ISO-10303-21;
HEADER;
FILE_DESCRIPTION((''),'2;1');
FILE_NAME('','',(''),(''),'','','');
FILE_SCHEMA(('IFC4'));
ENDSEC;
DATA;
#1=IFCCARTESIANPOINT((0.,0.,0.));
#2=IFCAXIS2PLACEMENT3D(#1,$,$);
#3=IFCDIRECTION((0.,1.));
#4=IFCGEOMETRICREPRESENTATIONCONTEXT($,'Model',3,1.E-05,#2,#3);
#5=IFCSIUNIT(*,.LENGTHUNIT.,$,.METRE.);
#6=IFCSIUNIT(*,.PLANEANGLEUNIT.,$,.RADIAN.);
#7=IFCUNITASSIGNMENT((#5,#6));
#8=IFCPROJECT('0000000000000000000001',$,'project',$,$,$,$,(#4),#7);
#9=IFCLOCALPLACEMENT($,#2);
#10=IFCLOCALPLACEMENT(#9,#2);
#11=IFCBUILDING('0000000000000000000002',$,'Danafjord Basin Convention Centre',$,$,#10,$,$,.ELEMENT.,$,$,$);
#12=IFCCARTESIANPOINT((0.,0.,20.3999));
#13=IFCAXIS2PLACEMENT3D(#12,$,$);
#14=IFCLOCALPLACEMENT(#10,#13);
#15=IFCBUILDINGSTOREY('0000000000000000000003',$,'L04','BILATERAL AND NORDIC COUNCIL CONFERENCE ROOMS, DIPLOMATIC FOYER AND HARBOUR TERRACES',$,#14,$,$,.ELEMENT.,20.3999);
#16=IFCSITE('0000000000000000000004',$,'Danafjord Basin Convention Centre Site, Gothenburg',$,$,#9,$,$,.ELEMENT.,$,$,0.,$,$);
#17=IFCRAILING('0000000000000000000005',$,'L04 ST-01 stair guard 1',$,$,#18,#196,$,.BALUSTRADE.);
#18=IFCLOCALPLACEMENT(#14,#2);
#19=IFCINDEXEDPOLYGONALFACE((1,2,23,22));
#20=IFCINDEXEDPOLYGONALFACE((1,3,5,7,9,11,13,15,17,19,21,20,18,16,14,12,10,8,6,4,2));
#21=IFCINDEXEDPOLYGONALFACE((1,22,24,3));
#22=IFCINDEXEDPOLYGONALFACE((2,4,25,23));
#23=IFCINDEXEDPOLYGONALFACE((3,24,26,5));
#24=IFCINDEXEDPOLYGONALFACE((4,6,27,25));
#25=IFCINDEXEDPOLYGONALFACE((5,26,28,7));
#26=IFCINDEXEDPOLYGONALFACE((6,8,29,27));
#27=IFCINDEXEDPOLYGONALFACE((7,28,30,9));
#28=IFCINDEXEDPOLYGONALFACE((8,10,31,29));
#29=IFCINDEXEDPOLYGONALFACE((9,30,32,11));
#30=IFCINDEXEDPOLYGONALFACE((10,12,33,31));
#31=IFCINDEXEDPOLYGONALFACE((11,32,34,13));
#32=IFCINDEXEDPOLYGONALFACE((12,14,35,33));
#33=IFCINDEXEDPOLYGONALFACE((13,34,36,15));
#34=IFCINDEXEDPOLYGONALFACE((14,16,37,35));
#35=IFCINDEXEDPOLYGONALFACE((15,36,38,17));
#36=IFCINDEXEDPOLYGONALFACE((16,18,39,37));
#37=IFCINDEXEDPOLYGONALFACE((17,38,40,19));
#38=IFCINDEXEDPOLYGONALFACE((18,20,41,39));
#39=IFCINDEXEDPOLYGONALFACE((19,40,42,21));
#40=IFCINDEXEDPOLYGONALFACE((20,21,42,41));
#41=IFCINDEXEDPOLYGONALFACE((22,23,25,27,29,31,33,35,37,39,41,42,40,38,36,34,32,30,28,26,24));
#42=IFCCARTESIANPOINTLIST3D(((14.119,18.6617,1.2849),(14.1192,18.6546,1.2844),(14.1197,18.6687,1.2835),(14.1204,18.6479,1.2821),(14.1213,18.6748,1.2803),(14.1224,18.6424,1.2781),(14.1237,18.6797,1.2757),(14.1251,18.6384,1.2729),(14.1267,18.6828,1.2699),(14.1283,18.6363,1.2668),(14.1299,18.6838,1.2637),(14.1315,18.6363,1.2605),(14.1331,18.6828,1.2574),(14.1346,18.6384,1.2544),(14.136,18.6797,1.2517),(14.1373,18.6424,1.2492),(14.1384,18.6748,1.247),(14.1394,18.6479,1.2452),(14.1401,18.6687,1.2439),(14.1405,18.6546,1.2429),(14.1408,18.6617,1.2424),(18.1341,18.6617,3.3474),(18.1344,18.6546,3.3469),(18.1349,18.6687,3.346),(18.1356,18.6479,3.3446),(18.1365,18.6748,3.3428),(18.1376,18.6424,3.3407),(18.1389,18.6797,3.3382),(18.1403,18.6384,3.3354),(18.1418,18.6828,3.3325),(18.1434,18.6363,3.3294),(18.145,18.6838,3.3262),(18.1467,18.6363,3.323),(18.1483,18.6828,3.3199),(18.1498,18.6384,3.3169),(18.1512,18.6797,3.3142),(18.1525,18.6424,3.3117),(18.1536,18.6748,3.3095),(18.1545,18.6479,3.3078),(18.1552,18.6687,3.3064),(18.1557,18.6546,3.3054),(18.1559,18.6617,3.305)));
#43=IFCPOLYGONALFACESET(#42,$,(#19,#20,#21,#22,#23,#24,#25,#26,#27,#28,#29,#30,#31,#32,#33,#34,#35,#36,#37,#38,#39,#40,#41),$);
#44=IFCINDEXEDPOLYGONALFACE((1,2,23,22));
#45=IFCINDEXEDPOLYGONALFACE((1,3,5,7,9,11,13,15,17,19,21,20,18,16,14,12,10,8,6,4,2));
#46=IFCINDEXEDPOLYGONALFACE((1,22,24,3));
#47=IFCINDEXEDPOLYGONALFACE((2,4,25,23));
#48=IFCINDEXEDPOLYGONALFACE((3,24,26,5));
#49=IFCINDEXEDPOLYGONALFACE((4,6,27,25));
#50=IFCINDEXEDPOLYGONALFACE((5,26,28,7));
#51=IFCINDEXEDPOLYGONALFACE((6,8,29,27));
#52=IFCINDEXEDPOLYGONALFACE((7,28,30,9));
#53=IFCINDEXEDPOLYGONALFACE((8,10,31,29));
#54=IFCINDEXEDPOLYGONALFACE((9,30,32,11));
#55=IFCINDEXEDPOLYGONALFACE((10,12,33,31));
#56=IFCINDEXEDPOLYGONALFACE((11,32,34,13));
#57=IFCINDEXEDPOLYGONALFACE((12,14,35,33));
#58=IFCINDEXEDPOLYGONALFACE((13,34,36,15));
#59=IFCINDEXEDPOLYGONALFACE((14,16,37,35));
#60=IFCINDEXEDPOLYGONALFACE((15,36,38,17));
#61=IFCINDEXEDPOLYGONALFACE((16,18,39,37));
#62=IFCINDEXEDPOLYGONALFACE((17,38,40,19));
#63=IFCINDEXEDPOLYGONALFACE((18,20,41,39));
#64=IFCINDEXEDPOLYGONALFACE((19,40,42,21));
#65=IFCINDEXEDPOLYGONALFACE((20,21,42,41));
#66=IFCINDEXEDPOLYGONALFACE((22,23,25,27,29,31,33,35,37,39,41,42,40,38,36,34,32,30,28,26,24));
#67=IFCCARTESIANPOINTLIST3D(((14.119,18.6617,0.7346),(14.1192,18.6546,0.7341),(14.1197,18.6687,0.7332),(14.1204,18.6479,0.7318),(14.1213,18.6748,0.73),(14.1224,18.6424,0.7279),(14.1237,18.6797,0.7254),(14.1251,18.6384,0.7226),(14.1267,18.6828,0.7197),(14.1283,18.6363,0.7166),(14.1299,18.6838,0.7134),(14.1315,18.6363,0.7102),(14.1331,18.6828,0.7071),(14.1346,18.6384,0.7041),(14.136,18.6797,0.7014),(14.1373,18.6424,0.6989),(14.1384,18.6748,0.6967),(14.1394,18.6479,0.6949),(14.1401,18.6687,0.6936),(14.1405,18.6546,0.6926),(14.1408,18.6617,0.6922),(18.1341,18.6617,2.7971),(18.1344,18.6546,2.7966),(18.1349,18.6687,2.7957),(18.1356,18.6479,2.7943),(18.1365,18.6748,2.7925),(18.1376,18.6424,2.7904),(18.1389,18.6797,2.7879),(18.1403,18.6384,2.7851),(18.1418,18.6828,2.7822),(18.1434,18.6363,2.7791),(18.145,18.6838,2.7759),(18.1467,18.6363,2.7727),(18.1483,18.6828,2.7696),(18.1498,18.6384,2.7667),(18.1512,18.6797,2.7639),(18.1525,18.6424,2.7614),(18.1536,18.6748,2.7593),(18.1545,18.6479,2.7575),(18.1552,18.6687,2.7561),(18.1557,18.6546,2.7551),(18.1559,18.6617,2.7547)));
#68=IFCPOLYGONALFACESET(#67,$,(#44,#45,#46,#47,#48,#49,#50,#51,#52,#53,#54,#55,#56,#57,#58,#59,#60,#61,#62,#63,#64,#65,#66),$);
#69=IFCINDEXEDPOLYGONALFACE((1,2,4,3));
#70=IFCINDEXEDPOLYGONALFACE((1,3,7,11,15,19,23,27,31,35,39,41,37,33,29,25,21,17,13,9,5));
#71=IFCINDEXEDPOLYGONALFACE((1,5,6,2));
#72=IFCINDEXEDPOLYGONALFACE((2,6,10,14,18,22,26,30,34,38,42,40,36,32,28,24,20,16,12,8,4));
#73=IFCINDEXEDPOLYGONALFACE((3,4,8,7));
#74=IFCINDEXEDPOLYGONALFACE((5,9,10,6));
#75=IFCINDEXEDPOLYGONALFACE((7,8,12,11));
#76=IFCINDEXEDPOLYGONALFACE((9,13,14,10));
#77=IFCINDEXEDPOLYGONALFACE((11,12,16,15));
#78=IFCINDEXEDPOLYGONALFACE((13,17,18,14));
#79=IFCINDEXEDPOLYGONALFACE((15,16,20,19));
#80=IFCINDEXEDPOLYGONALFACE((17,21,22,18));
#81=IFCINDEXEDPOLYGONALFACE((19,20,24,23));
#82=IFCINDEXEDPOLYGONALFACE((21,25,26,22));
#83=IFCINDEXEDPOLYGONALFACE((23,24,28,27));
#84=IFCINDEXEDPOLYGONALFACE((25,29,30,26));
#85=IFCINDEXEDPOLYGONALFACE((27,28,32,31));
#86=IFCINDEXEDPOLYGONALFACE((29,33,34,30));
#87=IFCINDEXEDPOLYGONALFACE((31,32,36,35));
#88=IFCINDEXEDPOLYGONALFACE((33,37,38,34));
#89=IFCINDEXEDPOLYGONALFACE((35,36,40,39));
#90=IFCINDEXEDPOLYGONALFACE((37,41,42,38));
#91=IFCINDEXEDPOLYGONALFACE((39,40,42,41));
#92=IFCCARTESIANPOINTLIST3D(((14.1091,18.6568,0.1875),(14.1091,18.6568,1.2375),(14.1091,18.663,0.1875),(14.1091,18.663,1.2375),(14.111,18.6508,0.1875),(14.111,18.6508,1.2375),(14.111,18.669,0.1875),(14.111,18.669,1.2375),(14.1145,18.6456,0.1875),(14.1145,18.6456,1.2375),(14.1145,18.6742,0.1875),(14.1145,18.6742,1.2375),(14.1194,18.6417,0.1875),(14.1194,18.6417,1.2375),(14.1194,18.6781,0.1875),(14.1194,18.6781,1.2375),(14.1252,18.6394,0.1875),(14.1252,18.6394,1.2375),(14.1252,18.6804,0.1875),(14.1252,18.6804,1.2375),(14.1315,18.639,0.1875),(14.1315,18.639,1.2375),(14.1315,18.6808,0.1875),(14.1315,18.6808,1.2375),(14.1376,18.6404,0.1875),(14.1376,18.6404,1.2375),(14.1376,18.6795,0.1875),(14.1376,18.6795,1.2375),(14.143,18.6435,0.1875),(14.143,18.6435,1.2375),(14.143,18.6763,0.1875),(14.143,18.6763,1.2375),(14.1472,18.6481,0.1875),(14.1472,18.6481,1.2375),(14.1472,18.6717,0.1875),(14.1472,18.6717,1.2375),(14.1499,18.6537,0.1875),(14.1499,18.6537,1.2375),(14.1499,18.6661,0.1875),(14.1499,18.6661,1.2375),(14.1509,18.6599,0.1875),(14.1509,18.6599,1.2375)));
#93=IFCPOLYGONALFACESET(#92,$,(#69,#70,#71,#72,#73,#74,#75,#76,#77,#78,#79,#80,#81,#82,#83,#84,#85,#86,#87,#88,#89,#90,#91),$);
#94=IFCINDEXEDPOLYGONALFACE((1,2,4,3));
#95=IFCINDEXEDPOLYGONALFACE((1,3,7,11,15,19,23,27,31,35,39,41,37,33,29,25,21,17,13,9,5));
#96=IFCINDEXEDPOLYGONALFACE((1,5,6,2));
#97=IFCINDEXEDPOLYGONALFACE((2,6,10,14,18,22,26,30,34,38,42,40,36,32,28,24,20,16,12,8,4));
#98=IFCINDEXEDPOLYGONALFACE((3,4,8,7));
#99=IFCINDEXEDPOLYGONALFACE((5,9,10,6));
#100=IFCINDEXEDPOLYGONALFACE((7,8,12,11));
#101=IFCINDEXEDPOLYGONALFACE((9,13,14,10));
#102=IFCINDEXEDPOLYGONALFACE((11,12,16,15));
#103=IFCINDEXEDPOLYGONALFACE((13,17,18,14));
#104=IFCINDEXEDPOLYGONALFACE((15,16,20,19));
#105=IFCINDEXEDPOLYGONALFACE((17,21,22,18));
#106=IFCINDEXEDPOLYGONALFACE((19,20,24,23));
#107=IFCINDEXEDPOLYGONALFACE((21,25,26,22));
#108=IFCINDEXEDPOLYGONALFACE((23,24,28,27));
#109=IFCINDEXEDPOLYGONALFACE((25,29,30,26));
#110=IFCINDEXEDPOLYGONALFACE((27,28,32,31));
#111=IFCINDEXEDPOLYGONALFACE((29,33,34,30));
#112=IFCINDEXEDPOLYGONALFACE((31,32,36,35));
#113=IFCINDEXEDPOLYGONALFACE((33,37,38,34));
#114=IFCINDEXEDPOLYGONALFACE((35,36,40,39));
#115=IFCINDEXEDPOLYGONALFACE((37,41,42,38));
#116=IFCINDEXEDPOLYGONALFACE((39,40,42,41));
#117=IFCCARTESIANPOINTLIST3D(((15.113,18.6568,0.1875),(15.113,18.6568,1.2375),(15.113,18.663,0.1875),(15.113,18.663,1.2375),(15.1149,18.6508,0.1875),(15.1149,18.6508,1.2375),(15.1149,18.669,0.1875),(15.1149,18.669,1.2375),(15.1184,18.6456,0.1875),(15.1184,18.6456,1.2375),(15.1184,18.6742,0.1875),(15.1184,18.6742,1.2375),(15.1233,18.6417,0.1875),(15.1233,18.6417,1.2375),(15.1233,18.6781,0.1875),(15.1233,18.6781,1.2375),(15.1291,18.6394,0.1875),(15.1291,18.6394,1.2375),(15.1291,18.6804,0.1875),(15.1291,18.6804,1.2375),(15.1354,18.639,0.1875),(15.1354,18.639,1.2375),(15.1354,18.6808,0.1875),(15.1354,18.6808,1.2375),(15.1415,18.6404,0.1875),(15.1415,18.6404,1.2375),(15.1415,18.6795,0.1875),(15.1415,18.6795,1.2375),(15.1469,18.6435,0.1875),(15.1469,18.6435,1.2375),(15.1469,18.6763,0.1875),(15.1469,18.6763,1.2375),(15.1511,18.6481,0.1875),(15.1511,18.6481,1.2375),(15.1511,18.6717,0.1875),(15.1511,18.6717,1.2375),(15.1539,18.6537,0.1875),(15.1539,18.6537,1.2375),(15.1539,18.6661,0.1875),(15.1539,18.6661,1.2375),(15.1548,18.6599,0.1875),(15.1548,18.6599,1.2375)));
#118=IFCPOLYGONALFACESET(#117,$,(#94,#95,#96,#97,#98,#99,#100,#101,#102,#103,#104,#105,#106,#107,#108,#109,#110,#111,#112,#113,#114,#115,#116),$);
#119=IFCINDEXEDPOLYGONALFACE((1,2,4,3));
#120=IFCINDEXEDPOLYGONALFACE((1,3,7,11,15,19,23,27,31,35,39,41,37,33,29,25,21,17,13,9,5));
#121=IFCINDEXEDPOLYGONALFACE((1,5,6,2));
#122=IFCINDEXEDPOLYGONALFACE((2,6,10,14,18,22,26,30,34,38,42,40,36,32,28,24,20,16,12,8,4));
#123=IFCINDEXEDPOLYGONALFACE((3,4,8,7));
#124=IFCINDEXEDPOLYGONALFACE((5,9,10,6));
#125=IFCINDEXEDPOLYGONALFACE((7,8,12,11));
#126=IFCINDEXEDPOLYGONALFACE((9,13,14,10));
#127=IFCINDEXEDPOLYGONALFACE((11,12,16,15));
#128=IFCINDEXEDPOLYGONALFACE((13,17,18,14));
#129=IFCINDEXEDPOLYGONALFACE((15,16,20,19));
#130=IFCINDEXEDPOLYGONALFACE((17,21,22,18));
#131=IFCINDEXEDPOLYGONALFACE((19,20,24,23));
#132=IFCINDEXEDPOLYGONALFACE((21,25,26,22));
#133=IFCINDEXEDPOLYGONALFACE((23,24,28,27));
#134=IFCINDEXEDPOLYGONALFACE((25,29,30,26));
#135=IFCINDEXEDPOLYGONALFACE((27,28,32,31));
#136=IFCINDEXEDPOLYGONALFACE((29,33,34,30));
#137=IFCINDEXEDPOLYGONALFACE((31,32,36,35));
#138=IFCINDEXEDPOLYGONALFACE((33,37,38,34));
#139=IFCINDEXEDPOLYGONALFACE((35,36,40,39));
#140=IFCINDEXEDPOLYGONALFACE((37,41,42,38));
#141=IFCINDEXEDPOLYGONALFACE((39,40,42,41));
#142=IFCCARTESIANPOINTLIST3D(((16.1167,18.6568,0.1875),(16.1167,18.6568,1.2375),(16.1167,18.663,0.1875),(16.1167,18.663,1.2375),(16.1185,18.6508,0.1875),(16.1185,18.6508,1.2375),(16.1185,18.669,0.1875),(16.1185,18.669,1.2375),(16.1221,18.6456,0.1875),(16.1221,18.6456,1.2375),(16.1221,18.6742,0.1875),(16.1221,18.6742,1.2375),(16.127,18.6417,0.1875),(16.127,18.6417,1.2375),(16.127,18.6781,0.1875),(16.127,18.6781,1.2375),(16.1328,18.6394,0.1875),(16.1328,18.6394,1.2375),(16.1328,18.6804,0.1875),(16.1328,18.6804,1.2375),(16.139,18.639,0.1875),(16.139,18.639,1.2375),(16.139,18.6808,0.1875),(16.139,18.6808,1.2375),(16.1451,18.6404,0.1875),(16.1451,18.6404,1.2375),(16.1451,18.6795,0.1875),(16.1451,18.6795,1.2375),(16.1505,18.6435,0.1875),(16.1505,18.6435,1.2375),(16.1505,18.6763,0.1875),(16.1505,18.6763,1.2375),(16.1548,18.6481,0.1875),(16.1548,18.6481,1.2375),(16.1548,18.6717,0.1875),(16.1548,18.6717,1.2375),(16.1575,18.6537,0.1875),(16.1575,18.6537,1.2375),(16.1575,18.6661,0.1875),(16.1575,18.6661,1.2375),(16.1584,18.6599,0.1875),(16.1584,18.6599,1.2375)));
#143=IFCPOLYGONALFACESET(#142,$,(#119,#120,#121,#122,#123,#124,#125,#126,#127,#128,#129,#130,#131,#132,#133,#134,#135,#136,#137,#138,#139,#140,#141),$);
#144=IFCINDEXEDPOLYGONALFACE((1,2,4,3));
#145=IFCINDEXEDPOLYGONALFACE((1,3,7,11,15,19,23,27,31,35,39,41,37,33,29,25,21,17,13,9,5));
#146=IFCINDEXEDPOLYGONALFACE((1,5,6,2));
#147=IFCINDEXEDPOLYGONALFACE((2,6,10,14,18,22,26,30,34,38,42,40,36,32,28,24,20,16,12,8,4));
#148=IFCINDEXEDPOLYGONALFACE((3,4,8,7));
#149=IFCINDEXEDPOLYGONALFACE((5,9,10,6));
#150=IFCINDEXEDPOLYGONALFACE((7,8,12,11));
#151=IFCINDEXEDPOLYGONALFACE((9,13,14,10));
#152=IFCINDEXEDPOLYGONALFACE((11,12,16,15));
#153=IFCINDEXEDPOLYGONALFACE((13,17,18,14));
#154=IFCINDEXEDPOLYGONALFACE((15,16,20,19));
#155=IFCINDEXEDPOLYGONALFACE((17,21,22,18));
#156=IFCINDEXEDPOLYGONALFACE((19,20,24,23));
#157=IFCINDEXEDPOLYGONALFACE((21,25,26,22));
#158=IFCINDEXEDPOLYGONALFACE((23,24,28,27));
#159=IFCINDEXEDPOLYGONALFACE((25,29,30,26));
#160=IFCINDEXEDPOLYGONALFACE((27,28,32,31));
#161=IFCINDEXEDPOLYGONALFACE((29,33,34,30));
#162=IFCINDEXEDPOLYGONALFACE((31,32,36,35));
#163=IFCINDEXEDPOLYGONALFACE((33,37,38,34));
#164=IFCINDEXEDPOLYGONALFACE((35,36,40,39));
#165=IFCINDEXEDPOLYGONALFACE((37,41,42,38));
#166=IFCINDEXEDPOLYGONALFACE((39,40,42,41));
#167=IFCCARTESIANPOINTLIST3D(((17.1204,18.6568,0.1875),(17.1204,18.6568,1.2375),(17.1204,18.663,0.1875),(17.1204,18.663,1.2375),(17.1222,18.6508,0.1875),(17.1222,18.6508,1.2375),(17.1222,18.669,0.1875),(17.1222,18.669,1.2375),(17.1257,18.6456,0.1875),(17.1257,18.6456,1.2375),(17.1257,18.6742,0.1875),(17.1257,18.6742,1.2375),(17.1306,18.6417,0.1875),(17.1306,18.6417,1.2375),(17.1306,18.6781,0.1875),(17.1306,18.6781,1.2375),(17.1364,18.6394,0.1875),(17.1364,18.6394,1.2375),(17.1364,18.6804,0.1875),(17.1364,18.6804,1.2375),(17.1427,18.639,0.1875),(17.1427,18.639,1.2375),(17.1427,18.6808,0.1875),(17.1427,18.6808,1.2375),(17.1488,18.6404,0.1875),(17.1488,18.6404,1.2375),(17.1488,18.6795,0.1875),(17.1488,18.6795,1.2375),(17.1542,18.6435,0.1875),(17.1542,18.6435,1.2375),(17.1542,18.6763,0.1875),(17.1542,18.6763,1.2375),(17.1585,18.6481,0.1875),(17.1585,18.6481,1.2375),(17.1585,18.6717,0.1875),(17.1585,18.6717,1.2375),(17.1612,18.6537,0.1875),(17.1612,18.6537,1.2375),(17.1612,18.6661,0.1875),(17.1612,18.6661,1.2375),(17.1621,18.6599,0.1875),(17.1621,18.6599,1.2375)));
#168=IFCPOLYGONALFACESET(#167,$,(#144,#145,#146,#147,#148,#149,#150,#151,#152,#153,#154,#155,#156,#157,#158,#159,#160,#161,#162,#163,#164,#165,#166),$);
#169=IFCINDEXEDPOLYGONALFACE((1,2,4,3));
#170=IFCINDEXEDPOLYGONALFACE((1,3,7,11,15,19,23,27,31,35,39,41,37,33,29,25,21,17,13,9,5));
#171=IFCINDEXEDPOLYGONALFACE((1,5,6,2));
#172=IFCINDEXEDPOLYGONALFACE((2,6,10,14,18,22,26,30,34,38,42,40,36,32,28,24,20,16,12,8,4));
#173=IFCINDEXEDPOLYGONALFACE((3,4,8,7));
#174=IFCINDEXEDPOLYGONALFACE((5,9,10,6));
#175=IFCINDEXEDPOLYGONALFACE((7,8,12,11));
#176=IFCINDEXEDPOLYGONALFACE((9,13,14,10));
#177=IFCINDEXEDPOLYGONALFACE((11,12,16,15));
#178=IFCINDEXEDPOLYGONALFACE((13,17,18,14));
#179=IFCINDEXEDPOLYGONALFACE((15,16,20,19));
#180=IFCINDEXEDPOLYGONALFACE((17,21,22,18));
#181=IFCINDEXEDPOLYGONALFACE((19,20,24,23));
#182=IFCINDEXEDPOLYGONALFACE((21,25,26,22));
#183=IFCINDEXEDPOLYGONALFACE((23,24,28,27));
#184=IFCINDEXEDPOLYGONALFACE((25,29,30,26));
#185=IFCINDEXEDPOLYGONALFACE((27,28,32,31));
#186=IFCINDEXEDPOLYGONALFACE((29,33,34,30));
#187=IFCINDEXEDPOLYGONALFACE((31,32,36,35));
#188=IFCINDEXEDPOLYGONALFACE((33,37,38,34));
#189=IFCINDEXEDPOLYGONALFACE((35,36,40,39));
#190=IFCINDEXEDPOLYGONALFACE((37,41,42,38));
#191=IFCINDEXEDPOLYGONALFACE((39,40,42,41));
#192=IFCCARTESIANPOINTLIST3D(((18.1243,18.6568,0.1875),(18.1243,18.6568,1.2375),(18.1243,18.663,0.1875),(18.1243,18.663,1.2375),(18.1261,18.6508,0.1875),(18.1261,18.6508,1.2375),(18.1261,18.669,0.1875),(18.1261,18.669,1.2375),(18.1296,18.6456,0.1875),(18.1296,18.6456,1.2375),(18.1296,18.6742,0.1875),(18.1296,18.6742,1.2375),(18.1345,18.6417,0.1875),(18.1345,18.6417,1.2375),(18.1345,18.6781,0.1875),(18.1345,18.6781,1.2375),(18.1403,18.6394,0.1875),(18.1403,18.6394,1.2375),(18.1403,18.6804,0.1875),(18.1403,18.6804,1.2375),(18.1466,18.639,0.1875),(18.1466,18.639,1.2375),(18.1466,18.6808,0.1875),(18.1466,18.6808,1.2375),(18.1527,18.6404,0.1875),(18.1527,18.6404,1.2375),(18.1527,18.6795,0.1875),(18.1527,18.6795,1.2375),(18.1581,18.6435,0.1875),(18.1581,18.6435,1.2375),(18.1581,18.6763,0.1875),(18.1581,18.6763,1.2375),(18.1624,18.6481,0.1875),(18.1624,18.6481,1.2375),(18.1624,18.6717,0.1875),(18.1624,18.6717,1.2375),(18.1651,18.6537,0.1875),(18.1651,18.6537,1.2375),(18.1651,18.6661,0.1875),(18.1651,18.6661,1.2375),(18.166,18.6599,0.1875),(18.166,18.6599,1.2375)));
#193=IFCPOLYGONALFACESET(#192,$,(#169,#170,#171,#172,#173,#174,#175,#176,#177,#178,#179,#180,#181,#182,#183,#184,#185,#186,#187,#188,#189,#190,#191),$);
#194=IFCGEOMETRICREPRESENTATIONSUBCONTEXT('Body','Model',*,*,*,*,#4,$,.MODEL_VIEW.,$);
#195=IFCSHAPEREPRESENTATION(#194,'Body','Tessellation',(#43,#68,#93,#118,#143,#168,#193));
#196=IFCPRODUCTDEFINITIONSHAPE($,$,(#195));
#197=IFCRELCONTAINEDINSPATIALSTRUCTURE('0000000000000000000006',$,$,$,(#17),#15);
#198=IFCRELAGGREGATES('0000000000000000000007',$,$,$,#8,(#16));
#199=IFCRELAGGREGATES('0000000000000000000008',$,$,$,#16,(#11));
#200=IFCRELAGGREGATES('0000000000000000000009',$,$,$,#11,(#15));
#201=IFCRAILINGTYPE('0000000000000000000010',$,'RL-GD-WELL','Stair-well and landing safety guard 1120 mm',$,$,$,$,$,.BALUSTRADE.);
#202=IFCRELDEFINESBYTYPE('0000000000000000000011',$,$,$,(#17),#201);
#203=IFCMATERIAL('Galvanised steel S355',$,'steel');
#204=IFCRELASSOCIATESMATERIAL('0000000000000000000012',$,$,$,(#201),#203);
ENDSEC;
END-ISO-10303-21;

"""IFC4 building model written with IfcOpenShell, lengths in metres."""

from ifc_helpers import new_model, si_unit, direction, frame, origin, origin_2d, place, context, subcontext, project, spatial, circle, extrude, material, type_object, element, save


model = new_model("IFC4")

# Units and contexts
model_context = context("Model", 3, precision=1e-05, world=origin(), true_north=direction((0.0, 1.0)))
body_context = subcontext(model_context, "Body", "Model", "MODEL_VIEW")
ifc_project = project(units=[si_unit("LENGTHUNIT", "METRE"), si_unit("PLANEANGLEUNIT", "RADIAN")], contexts=[model_context])

# Site, building, storey
site_placement = place(None, origin())
site = spatial("IfcSite", under=ifc_project, at=site_placement, Name="Danafjord Basin Convention Centre Site, Gothenburg", CompositionType="ELEMENT", RefElevation=0.0)
building_placement = place(site_placement, origin())
building = spatial("IfcBuilding", under=site, at=building_placement, Name="Danafjord Basin Convention Centre", CompositionType="ELEMENT")
storey_placement = place(building_placement, frame((0.0, 0.0, 20.3999)))
storey = spatial("IfcBuildingStorey", under=building, at=storey_placement, Name="L04", Description="BILATERAL AND NORDIC COUNCIL CONFERENCE ROOMS, DIPLOMATIC FOYER AND HARBOUR TERRACES", CompositionType="ELEMENT", Elevation=20.3999)

# Railing
ifc_material_1 = material(Name="Galvanised steel S355", Category="steel")
railing_type_1 = type_object("IfcRailingType", Name="RL-GD-WELL", Description="Stair-well and landing safety guard 1120 mm", PredefinedType="BALUSTRADE", material=ifc_material_1)
railing_1_placement = place(storey_placement, frame((14.1299, 18.6599, 0.1875)))
element("IfcRailing", 1, at=railing_1_placement, inside=storey, type_object=railing_type_1, Name="L04 ST-01 stair guard 1", PredefinedType="BALUSTRADE", context=body_context, shape_type="SweptSolid", body=[
    extrude(circle(Radius=0.0239, at=origin_2d()), frame((0.0, 0.0, 1.0762), z_axis=(0.889506, 0.0, 0.456923), x_axis=(0.0, 1.0, 0.0)), (0.0, 0.0, 1.0), 4.5139),
    extrude(circle(Radius=0.0239, at=origin_2d()), frame((0.0, 0.0, 0.5259), z_axis=(0.889506, 0.0, 0.456923), x_axis=(0.0, 1.0, 0.0)), (0.0, 0.0, 1.0), 4.5139),
    extrude(circle(Radius=0.021, at=origin_2d()), origin(), (0.0, 0.0, 1.0), 1.05),
    extrude(circle(Radius=0.021, at=origin_2d()), frame((1.0039, 0.0, 0.0)), (0.0, 0.0, 1.0), 1.05),
    extrude(circle(Radius=0.021, at=origin_2d()), frame((2.0076, 0.0, 0.0)), (0.0, 0.0, 1.0), 1.05),
    extrude(circle(Radius=0.021, at=origin_2d()), frame((3.0112, 0.0, 0.0)), (0.0, 0.0, 1.0), 1.05),
    extrude(circle(Radius=0.021, at=origin_2d()), frame((4.0151, 0.0, 0.0)), (0.0, 0.0, 1.0), 1.05),
])

save(model, "model.ifc")
